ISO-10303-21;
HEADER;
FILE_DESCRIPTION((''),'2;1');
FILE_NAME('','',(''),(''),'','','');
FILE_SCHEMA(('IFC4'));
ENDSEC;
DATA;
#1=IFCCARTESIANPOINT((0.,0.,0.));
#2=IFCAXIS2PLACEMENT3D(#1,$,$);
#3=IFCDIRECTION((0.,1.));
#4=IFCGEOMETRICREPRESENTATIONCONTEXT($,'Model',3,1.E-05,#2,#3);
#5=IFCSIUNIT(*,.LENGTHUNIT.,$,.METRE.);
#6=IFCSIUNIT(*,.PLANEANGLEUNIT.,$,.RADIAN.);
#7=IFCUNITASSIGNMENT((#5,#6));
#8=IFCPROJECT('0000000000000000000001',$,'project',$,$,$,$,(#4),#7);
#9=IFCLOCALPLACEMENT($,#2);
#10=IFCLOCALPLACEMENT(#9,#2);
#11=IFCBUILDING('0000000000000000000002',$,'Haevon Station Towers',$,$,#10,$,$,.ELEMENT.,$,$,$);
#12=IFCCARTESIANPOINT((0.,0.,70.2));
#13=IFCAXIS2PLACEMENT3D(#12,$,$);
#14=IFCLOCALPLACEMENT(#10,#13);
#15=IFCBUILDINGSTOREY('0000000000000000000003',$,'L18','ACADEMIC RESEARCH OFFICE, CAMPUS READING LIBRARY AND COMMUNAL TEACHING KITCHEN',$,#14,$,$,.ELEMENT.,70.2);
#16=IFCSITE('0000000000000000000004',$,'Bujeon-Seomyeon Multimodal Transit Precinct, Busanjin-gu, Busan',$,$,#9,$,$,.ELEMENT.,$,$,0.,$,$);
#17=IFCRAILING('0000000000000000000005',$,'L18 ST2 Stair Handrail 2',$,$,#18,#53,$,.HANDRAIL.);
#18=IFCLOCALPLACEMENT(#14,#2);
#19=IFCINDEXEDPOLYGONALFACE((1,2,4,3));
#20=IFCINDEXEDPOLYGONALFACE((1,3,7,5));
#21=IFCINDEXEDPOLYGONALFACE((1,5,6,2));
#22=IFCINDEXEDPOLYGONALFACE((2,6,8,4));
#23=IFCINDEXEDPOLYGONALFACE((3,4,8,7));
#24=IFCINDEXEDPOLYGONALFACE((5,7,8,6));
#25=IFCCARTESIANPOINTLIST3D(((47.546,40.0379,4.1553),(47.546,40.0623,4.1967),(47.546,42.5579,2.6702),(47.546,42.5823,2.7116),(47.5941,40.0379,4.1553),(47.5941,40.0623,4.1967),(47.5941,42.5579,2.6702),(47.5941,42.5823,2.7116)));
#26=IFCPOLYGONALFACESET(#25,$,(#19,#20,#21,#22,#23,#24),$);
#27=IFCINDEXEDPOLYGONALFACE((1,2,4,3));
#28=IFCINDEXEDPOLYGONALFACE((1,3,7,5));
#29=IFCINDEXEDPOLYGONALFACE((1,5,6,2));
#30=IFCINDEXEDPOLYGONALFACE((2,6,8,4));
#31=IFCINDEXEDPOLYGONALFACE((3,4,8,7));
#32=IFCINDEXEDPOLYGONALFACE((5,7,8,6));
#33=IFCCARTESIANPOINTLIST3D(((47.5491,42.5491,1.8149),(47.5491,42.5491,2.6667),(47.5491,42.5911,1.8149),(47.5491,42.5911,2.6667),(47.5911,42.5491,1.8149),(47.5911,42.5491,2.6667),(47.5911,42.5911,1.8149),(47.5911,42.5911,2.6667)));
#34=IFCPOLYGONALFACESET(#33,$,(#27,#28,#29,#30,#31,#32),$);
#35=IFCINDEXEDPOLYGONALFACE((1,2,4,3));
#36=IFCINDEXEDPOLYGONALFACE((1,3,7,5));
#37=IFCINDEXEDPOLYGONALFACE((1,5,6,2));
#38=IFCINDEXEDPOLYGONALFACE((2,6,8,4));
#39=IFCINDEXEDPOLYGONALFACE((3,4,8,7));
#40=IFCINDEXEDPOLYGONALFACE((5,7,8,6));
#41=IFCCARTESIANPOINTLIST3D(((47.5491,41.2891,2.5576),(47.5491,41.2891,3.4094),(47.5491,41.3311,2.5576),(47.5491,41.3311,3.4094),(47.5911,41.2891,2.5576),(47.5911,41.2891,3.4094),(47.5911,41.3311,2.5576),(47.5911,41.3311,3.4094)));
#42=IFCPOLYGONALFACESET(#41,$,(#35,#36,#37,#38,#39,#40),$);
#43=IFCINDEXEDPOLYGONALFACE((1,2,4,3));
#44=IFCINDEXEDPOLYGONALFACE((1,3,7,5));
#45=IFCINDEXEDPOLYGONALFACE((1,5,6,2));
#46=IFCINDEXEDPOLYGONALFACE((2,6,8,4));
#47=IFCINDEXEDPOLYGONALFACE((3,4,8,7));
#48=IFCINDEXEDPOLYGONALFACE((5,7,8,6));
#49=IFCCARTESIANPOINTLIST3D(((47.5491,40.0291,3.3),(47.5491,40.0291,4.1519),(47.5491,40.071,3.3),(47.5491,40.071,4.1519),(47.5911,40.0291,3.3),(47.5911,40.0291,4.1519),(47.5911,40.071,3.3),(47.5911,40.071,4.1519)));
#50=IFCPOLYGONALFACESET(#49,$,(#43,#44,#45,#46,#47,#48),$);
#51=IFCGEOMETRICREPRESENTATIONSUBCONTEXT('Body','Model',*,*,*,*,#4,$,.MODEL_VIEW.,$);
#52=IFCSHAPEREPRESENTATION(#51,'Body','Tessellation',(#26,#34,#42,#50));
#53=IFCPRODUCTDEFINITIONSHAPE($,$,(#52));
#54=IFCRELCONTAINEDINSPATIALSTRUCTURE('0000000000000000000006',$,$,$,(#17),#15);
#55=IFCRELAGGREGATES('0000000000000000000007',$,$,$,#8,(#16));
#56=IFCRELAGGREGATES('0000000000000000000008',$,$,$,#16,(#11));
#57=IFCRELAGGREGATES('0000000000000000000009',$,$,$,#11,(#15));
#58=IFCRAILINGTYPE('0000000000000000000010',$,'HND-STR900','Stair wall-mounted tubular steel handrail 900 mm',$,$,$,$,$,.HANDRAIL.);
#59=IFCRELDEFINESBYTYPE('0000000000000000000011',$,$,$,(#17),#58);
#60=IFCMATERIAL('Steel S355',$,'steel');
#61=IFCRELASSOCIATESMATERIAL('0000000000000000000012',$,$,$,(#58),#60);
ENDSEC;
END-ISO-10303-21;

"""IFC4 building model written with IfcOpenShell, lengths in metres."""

from ifc_helpers import new_model, si_unit, direction, frame, origin, origin_2d, place, context, subcontext, project, spatial, rectangle, extrude, material, type_object, element, save


model = new_model("IFC4")

# Units and contexts
model_context = context("Model", 3, precision=1e-05, world=origin(), true_north=direction((0.0, 1.0)))
body_context = subcontext(model_context, "Body", "Model", "MODEL_VIEW")
ifc_project = project(units=[si_unit("LENGTHUNIT", "METRE"), si_unit("PLANEANGLEUNIT", "RADIAN")], contexts=[model_context])

# Site, building, storey
site_placement = place(None, origin())
site = spatial("IfcSite", under=ifc_project, at=site_placement, Name="Bujeon-Seomyeon Multimodal Transit Precinct, Busanjin-gu, Busan", CompositionType="ELEMENT", RefElevation=0.0)
building_placement = place(site_placement, origin())
building = spatial("IfcBuilding", under=site, at=building_placement, Name="Haevon Station Towers", CompositionType="ELEMENT")
storey_placement = place(building_placement, frame((0.0, 0.0, 70.2)))
storey = spatial("IfcBuildingStorey", under=building, at=storey_placement, Name="L18", Description="ACADEMIC RESEARCH OFFICE, CAMPUS READING LIBRARY AND COMMUNAL TEACHING KITCHEN", CompositionType="ELEMENT", Elevation=70.2)

# Shared definitions
ifc_material_1 = material(Name="Steel S355", Category="steel")

# Railing
railing_type_1 = type_object("IfcRailingType", Name="HND-STR900", Description="Stair wall-mounted tubular steel handrail 900 mm", PredefinedType="HANDRAIL", material=ifc_material_1)
railing_1_placement = place(storey_placement, frame((47.5701, 42.5701, 1.8149)))
element("IfcRailing", 1, at=railing_1_placement, inside=storey, type_object=railing_type_1, Name="L18 ST2 Stair Handrail 2", PredefinedType="HANDRAIL", context=body_context, shape_type="SweptSolid", body=[
    extrude(rectangle(XDim=0.0481, YDim=0.0481, at=origin_2d()), frame((0.0, 0.0, 0.876), z_axis=(0.0, -0.861524, 0.507717), x_axis=(1.0, 0.0, 0.0)), (0.0, 0.0, 1.0), 2.925),
    extrude(rectangle(XDim=0.042, YDim=0.042, at=origin_2d()), origin(), (0.0, 0.0, 1.0), 0.8518),
    extrude(rectangle(XDim=0.042, YDim=0.042, at=origin_2d()), frame((0.0, -1.26, 0.7427)), (0.0, 0.0, 1.0), 0.8518),
    extrude(rectangle(XDim=0.042, YDim=0.042, at=origin_2d()), frame((0.0, -2.52, 1.4851)), (0.0, 0.0, 1.0), 0.8518),
])

save(model, "model.ifc")
